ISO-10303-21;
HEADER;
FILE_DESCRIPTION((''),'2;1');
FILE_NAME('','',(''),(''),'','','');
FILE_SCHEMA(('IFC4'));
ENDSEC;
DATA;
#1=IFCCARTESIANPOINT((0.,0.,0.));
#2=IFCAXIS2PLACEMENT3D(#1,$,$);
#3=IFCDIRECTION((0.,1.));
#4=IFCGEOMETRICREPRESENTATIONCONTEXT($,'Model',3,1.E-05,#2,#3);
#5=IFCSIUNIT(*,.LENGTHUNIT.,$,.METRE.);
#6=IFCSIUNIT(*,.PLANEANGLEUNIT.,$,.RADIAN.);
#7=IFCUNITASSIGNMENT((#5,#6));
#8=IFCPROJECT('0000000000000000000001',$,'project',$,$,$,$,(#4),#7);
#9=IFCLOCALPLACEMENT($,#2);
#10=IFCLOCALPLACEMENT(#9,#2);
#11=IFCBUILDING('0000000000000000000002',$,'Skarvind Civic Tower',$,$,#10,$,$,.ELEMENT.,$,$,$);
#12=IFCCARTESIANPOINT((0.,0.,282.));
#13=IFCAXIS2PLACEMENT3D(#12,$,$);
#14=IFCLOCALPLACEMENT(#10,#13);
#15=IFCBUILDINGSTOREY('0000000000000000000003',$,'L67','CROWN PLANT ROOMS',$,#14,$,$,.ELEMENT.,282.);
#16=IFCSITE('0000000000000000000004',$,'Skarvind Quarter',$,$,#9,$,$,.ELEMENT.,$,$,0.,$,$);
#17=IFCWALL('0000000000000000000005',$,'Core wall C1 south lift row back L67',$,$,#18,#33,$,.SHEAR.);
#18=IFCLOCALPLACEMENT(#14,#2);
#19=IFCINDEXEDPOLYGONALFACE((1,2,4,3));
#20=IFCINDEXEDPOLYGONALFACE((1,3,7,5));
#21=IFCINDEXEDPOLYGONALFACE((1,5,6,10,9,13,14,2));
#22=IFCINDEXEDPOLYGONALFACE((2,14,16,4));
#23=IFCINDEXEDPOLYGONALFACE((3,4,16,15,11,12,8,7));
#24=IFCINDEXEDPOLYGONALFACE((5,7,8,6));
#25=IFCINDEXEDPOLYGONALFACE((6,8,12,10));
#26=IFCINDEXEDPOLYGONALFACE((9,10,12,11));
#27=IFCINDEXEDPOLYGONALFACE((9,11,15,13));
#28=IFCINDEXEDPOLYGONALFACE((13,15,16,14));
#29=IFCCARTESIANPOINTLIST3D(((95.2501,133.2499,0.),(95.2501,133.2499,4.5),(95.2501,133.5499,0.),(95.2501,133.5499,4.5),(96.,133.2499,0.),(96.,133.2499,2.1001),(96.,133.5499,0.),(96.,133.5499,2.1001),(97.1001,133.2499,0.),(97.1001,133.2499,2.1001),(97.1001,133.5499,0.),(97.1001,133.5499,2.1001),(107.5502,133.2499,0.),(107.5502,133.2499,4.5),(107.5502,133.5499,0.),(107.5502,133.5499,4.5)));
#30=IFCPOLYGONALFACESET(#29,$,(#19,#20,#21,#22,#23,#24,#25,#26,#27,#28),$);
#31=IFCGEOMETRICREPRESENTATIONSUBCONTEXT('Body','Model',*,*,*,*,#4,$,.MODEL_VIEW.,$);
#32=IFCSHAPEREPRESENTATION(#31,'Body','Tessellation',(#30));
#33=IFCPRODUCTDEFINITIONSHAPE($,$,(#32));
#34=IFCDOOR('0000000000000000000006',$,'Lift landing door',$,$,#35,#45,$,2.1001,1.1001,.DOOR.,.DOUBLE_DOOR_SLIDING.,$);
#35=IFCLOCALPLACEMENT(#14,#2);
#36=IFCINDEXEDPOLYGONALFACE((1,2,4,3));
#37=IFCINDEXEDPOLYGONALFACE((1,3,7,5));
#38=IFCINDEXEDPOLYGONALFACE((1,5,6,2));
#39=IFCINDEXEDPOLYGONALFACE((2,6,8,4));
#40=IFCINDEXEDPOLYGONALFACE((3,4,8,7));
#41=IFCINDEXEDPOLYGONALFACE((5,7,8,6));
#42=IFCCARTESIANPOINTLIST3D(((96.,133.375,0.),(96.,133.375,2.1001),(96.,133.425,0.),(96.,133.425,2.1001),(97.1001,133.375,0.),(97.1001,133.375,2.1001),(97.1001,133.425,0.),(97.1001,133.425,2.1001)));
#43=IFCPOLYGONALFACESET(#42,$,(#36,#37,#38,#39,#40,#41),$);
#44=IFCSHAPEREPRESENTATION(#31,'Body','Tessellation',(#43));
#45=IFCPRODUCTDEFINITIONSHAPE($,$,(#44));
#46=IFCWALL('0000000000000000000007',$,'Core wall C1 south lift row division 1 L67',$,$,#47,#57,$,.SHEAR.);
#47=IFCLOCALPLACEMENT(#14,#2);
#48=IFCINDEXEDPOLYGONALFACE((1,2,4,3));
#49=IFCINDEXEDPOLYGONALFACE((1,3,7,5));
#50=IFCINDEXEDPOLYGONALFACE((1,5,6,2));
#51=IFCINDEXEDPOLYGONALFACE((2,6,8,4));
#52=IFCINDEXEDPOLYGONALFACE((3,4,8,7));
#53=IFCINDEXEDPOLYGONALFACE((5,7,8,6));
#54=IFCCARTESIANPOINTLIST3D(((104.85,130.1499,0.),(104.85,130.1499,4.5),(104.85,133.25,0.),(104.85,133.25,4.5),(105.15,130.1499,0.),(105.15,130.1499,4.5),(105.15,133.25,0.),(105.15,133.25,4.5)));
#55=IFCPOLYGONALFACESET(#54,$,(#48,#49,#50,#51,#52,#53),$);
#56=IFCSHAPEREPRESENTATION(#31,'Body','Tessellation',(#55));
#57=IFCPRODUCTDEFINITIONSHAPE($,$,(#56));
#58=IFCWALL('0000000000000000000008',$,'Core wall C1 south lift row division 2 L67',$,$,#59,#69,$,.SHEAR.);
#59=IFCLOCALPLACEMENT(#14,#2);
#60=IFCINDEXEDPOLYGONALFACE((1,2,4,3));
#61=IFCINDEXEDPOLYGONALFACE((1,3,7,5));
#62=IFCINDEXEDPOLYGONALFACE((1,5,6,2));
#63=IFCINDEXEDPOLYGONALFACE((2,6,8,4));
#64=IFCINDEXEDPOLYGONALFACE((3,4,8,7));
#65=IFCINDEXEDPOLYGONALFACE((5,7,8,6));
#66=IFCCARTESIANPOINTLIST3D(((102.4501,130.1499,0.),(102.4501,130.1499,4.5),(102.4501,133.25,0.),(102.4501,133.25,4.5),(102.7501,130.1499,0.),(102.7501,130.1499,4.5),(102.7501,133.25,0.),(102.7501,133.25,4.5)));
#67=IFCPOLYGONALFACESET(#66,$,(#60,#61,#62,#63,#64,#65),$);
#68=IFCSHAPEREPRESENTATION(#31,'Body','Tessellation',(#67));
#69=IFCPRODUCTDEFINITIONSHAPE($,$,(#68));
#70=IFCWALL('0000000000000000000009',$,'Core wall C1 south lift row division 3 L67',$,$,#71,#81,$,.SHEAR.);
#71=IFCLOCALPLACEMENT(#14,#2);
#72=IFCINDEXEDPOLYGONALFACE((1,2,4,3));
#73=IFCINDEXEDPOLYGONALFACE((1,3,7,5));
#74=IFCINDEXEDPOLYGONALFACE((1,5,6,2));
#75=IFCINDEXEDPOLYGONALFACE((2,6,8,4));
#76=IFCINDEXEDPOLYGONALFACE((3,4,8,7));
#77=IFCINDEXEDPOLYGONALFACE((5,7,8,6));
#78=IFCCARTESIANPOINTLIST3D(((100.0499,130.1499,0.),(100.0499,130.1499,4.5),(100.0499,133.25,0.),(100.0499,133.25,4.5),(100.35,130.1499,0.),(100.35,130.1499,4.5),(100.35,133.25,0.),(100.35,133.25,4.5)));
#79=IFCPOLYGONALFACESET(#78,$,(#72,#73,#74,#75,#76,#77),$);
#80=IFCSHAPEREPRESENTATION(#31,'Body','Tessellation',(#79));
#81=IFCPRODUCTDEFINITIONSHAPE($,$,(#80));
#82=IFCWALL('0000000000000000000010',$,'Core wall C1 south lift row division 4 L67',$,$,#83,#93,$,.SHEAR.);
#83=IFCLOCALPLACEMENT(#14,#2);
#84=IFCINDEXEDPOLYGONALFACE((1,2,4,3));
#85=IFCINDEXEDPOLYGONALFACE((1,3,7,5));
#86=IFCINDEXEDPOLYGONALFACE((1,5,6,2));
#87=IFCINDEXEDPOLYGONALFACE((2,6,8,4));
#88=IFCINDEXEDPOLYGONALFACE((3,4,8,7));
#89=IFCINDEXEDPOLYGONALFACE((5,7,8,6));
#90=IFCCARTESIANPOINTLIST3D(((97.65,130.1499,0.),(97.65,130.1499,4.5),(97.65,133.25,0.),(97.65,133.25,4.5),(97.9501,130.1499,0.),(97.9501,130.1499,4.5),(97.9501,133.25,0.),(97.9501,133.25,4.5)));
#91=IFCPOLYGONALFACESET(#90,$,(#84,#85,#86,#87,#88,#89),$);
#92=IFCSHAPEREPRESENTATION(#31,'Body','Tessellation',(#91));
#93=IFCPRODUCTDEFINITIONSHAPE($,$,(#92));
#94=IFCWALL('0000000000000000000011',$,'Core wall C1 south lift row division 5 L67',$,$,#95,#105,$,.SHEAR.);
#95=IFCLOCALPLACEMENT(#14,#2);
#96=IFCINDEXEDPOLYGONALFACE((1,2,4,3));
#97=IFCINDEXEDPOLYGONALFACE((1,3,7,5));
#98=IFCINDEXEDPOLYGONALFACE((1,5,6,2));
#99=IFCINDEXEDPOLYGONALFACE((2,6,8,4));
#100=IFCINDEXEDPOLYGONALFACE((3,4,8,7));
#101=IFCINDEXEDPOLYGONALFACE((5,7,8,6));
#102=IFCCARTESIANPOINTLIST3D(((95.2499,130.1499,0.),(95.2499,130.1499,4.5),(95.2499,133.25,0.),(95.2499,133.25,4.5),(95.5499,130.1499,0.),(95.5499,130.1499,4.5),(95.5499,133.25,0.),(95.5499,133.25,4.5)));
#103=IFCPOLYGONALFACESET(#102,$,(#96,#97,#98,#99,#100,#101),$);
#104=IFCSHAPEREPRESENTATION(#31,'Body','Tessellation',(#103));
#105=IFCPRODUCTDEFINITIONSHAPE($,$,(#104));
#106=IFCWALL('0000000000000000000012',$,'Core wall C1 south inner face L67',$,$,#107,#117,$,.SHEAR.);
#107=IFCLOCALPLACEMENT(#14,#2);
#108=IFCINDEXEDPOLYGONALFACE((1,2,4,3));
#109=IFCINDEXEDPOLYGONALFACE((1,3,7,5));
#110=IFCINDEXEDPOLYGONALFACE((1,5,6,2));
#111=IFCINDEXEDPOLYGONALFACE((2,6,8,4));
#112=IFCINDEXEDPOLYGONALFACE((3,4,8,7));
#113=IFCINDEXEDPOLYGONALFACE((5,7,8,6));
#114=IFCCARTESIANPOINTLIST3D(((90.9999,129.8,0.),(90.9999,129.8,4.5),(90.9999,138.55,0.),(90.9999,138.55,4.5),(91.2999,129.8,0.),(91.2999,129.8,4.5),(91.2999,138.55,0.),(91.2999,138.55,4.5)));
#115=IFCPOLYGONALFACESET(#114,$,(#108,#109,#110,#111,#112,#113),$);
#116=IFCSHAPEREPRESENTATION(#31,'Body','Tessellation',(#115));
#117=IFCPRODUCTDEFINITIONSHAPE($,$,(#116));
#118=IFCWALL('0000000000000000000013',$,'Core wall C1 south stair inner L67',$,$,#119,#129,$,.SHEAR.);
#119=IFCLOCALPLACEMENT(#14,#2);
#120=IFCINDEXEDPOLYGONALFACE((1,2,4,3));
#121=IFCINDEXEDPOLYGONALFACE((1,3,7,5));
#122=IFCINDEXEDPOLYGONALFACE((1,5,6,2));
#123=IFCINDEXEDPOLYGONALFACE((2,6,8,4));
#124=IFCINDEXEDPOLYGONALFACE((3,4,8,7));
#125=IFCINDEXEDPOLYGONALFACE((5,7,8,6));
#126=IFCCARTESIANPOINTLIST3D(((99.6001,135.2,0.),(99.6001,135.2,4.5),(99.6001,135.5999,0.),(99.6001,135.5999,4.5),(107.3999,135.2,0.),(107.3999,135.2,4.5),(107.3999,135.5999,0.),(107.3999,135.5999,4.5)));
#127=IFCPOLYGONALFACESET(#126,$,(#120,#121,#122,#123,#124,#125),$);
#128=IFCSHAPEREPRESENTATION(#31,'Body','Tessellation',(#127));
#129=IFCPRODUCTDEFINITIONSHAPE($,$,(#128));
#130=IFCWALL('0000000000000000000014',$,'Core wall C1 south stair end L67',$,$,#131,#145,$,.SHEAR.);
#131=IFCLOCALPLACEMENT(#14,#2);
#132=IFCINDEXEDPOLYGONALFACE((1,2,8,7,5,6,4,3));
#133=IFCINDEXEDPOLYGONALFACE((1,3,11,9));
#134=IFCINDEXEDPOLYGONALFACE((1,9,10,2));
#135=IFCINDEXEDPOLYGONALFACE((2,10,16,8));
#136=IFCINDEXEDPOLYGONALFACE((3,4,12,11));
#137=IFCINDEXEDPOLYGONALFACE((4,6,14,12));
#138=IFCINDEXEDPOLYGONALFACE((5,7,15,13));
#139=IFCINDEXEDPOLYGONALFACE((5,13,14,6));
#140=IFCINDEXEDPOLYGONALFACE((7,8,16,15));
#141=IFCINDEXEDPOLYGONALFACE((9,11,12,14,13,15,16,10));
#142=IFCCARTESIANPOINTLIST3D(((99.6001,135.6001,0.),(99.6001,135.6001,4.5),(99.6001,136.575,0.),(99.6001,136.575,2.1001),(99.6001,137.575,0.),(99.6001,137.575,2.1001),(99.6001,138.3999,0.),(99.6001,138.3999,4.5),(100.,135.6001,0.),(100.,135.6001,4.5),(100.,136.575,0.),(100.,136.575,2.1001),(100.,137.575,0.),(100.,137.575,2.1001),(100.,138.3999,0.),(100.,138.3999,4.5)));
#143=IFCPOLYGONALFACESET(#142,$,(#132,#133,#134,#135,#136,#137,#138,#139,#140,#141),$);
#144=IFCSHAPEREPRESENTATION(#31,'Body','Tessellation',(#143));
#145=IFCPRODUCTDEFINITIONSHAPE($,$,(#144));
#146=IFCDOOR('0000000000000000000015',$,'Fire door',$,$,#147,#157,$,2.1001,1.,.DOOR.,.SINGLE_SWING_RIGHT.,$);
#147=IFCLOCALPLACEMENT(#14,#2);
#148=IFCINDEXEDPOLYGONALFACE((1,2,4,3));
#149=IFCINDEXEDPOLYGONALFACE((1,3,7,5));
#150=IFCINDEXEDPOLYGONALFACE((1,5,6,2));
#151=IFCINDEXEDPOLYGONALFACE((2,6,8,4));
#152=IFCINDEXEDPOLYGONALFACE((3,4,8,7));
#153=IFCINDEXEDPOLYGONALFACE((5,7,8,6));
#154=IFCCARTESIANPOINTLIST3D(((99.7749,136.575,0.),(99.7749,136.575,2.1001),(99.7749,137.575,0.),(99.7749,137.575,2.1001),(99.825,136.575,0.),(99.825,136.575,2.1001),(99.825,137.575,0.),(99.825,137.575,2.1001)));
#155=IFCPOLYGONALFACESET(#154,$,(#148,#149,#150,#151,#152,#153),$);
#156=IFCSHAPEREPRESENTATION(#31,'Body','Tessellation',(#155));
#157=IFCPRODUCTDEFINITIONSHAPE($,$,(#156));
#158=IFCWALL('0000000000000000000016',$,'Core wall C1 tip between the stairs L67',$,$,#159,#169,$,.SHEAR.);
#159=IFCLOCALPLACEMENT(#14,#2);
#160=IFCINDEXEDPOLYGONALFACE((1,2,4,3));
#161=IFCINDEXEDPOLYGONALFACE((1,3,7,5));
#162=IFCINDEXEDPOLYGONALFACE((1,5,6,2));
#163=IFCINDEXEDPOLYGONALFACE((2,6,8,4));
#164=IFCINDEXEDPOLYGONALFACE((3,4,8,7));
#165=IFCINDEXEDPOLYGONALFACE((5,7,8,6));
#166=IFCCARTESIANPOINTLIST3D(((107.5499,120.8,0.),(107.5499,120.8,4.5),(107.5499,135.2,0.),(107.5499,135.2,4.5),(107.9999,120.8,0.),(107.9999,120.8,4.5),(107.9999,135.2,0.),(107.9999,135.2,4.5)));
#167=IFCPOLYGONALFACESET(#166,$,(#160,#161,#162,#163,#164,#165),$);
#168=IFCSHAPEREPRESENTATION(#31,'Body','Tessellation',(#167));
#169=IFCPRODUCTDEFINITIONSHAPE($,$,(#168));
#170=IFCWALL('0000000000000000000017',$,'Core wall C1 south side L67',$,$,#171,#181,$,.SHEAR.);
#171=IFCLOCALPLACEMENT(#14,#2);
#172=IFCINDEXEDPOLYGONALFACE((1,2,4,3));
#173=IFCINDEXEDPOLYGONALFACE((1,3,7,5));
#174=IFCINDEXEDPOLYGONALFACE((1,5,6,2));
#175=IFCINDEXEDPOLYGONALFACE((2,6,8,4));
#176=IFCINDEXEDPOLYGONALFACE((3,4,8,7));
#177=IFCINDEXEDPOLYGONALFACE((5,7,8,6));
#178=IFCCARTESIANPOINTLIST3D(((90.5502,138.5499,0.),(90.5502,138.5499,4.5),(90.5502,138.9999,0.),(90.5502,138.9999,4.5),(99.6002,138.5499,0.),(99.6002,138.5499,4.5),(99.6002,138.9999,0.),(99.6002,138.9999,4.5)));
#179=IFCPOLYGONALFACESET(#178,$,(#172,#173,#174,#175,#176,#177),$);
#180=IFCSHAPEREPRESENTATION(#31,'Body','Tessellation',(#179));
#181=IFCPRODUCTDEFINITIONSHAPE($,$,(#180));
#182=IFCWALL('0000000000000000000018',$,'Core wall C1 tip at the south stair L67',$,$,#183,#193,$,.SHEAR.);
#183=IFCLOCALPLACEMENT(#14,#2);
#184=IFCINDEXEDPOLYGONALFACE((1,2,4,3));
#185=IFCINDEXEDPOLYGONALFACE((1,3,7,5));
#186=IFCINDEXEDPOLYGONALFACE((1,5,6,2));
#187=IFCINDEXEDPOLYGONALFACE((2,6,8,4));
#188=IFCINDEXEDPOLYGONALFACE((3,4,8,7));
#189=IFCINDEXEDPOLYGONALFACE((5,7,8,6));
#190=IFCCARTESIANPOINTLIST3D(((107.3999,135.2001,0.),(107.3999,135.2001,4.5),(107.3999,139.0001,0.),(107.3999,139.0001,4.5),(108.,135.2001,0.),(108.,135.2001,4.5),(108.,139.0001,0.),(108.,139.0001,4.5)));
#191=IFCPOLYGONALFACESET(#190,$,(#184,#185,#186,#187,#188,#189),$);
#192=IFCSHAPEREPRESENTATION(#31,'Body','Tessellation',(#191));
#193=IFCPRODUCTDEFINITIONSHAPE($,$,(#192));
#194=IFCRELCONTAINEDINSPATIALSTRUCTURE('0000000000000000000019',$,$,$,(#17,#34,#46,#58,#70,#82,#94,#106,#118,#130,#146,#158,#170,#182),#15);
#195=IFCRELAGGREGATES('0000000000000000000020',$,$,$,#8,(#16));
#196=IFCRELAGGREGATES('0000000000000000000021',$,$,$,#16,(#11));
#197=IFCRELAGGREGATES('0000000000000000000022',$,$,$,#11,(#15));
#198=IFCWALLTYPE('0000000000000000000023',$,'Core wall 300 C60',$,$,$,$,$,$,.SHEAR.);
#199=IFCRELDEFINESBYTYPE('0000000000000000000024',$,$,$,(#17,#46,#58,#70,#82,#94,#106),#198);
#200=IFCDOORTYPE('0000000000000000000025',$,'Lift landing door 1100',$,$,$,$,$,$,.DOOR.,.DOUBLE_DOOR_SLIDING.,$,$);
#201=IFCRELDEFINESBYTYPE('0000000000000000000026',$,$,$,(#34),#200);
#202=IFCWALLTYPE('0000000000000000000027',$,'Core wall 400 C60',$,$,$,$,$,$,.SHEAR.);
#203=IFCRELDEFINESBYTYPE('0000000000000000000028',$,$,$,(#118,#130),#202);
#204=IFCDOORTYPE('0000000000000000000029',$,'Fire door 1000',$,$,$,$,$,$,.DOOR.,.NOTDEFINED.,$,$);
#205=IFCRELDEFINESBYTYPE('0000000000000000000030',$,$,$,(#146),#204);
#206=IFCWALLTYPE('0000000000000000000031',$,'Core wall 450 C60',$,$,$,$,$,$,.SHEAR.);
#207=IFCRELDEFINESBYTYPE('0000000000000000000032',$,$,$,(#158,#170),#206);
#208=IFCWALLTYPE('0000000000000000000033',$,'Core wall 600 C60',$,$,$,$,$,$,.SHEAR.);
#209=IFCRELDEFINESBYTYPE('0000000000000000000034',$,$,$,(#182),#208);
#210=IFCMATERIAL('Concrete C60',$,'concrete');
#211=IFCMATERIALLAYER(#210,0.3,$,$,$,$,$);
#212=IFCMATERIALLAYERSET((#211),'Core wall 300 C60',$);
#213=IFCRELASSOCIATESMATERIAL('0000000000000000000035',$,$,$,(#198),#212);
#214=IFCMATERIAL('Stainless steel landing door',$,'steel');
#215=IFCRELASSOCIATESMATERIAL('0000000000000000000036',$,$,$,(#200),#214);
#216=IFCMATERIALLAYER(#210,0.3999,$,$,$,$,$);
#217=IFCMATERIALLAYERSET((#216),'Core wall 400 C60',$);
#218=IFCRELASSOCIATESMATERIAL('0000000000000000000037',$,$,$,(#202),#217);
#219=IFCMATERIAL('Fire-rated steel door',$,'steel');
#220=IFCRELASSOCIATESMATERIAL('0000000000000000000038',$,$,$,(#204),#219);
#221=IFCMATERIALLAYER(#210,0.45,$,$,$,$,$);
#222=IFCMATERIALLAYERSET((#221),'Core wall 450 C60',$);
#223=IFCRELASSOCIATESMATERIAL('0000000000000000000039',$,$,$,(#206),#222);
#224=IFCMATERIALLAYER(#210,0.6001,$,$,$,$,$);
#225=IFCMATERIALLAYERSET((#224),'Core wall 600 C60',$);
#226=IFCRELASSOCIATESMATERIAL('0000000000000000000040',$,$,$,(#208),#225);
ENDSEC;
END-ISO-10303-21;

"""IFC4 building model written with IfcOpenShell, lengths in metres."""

from ifc_helpers import new_model, si_unit, direction, frame, frame_2d, origin, place, context, subcontext, project, spatial, rectangle, extrude, material, layer, layer_set, type_object, element, fill, save


model = new_model("IFC4")

# Units and contexts
model_context = context("Model", 3, precision=1e-05, world=origin(), true_north=direction((0.0, 1.0)))
body_context = subcontext(model_context, "Body", "Model", "MODEL_VIEW")
ifc_project = project(units=[si_unit("LENGTHUNIT", "METRE"), si_unit("PLANEANGLEUNIT", "RADIAN")], contexts=[model_context])

# Site, building, storey
site_placement = place(None, origin())
site = spatial("IfcSite", under=ifc_project, at=site_placement, Name="Skarvind Quarter", CompositionType="ELEMENT", RefElevation=0.0)
building_placement = place(site_placement, origin())
building = spatial("IfcBuilding", under=site, at=building_placement, Name="Skarvind Civic Tower", CompositionType="ELEMENT")
storey_placement = place(building_placement, frame((0.0, 0.0, 282.0)))
storey = spatial("IfcBuildingStorey", under=building, at=storey_placement, Name="L67", Description="CROWN PLANT ROOMS", CompositionType="ELEMENT", Elevation=282.0)

# Shared definitions
ifc_material_1 = material(Name="Concrete C60", Category="concrete")

# Shared definitions
ifc_material_2 = material(Name="Fire-rated steel door", Category="steel")

# Shared definitions
ifc_layer_1 = layer(ifc_material_1, 0.3)
ifc_layer_set_1 = layer_set([ifc_layer_1], Name="Core wall 300 C60")
wall_type_1 = type_object("IfcWallType", Name="Core wall 300 C60", PredefinedType="SHEAR", material=ifc_layer_set_1)

# Wall, opening, door
wall_1_placement = place(storey_placement, frame((107.55, 133.3999, 0.0), z_axis=(0.0, 0.0, 1.0), x_axis=(-1.0, 0.0, 0.0)))
wall_1 = element("IfcWall", 1, at=wall_1_placement, inside=storey, type_object=wall_type_1, Name="Core wall C1 south lift row back L67", PredefinedType="SHEAR", context=body_context, shape_type="SweptSolid", body=[
    extrude(rectangle(XDim=12.3, YDim=0.3, at=frame_2d((6.1499, 0.0))), origin(), (0.0, 0.0, 1.0), 4.5),
])
opening_1_placement = place(wall_1_placement, frame((10.45, 0.0, 0.0)))
opening_1 = element("IfcOpeningElement", 2, at=opening_1_placement, cuts=wall_1, PredefinedType="OPENING", context=body_context, shape_type="SweptSolid", body=[
    extrude(rectangle(XDim=1.1001, YDim=2.1001, at=frame_2d((0.55, 1.05))), frame((0.0, 0.1599, 0.0), z_axis=(0.0, -1.0, 0.0), x_axis=(1.0, 0.0, 0.0)), (0.0, 0.0, 1.0), 0.3201),
])
ifc_material_3 = material(Name="Stainless steel landing door", Category="steel")
door_type_1 = type_object("IfcDoorType", Name="Lift landing door 1100", OperationType="DOUBLE_DOOR_SLIDING", PredefinedType="DOOR", material=ifc_material_3)
door_1_placement = place(opening_1_placement, origin())
door_1 = element("IfcDoor", 3, at=door_1_placement, inside=storey, type_object=door_type_1, Name="Lift landing door", OperationType="DOUBLE_DOOR_SLIDING", OverallHeight=2.1001, OverallWidth=1.1001, PredefinedType="DOOR", context=body_context, shape_type="SweptSolid", body=[
    extrude(rectangle(XDim=1.1001, YDim=2.1001, at=frame_2d((0.55, 1.05))), frame((0.0, 0.0249, 0.0), z_axis=(0.0, -1.0, 0.0), x_axis=(1.0, 0.0, 0.0)), (0.0, 0.0, 1.0), 0.05),
])
fill(opening_1, door_1)

# Walls
for number, where, z_axis, x_axis, name in (
    (4, (105.0, 133.25, 0.0), (0.0, 0.0, 1.0), (0.0, -1.0, 0.0), "Core wall C1 south lift row division 1 L67"),
    (5, (102.6001, 133.25, 0.0), (0.0, 0.0, 1.0), (0.0, -1.0, 0.0), "Core wall C1 south lift row division 2 L67"),
    (6, (100.2, 133.25, 0.0), (0.0, 0.0, 1.0), (0.0, -1.0, 0.0), "Core wall C1 south lift row division 3 L67"),
    (7, (97.8, 133.25, 0.0), (0.0, 0.0, 1.0), (0.0, -1.0, 0.0), "Core wall C1 south lift row division 4 L67"),
    (8, (95.3999, 133.25, 0.0), (0.0, 0.0, 1.0), (0.0, -1.0, 0.0), "Core wall C1 south lift row division 5 L67"),
):
    element("IfcWall", number, at=place(storey_placement, frame(where, z_axis=z_axis, x_axis=x_axis)), inside=storey, type_object=wall_type_1, Name=name, PredefinedType="SHEAR", context=body_context, shape_type="SweptSolid", body=[
        extrude(rectangle(XDim=3.1001, YDim=0.3, at=frame_2d((1.55, 0.0))), origin(), (0.0, 0.0, 1.0), 4.5),
    ])
wall_2_placement = place(storey_placement, frame((91.1499, 138.55, 0.0), z_axis=(0.0, 0.0, 1.0), x_axis=(0.0, -1.0, 0.0)))
element("IfcWall", 9, at=wall_2_placement, inside=storey, type_object=wall_type_1, Name="Core wall C1 south inner face L67", PredefinedType="SHEAR", context=body_context, shape_type="SweptSolid", body=[
    extrude(rectangle(XDim=8.75, YDim=0.3, at=frame_2d((4.375, 0.0))), origin(), (0.0, 0.0, 1.0), 4.5),
])
ifc_layer_2 = layer(ifc_material_1, 0.3999)
ifc_layer_set_2 = layer_set([ifc_layer_2], Name="Core wall 400 C60")
wall_type_2 = type_object("IfcWallType", Name="Core wall 400 C60", PredefinedType="SHEAR", material=ifc_layer_set_2)
wall_3_placement = place(storey_placement, frame((107.3999, 135.3999, 0.0), z_axis=(0.0, 0.0, 1.0), x_axis=(-1.0, 0.0, 0.0)))
element("IfcWall", 10, at=wall_3_placement, inside=storey, type_object=wall_type_2, Name="Core wall C1 south stair inner L67", PredefinedType="SHEAR", context=body_context, shape_type="SweptSolid", body=[
    extrude(rectangle(XDim=7.7998, YDim=0.3999, at=frame_2d((3.8999, 0.0))), origin(), (0.0, 0.0, 1.0), 4.5),
])

# Wall, opening, door
wall_4_placement = place(storey_placement, frame((99.8, 138.3999, 0.0), z_axis=(0.0, 0.0, 1.0), x_axis=(0.0, -1.0, 0.0)))
wall_4 = element("IfcWall", 11, at=wall_4_placement, inside=storey, type_object=wall_type_2, Name="Core wall C1 south stair end L67", PredefinedType="SHEAR", context=body_context, shape_type="SweptSolid", body=[
    extrude(rectangle(XDim=2.7998, YDim=0.3999, at=frame_2d((1.3999, 0.0))), origin(), (0.0, 0.0, 1.0), 4.5),
])
opening_2_placement = place(wall_4_placement, frame((0.825, 0.0, 0.0)))
opening_2 = element("IfcOpeningElement", 12, at=opening_2_placement, cuts=wall_4, PredefinedType="OPENING", context=body_context, shape_type="SweptSolid", body=[
    extrude(rectangle(XDim=1.0, YDim=2.1001, at=frame_2d((0.5, 1.05))), frame((0.0, 0.21, 0.0), z_axis=(0.0, -1.0, 0.0), x_axis=(1.0, 0.0, 0.0)), (0.0, 0.0, 1.0), 0.4199),
])
door_type_2 = type_object("IfcDoorType", Name="Fire door 1000", OperationType="NOTDEFINED", PredefinedType="DOOR", material=ifc_material_2)
door_2_placement = place(opening_2_placement, origin())
door_2 = element("IfcDoor", 13, at=door_2_placement, inside=storey, type_object=door_type_2, Name="Fire door", OperationType="SINGLE_SWING_RIGHT", OverallHeight=2.1001, OverallWidth=1.0, PredefinedType="DOOR", context=body_context, shape_type="SweptSolid", body=[
    extrude(rectangle(XDim=1.0, YDim=2.1001, at=frame_2d((0.5, 1.05))), frame((0.0, 0.0249, 0.0), z_axis=(0.0, -1.0, 0.0), x_axis=(1.0, 0.0, 0.0)), (0.0, 0.0, 1.0), 0.05),
])
fill(opening_2, door_2)

# Walls
ifc_layer_3 = layer(ifc_material_1, 0.45)
ifc_layer_set_3 = layer_set([ifc_layer_3], Name="Core wall 450 C60")
wall_type_3 = type_object("IfcWallType", Name="Core wall 450 C60", PredefinedType="SHEAR", material=ifc_layer_set_3)
wall_5_placement = place(storey_placement, frame((107.7749, 135.2, 0.0), z_axis=(0.0, 0.0, 1.0), x_axis=(0.0, -1.0, 0.0)))
element("IfcWall", 14, at=wall_5_placement, inside=storey, type_object=wall_type_3, Name="Core wall C1 tip between the stairs L67", PredefinedType="SHEAR", context=body_context, shape_type="SweptSolid", body=[
    extrude(rectangle(XDim=14.3999, YDim=0.45, at=frame_2d((7.2, 0.0))), origin(), (0.0, 0.0, 1.0), 4.5),
])
wall_6_placement = place(storey_placement, frame((99.6001, 138.7749, 0.0), z_axis=(0.0, 0.0, 1.0), x_axis=(-1.0, 0.0, 0.0)))
element("IfcWall", 15, at=wall_6_placement, inside=storey, type_object=wall_type_3, Name="Core wall C1 south side L67", PredefinedType="SHEAR", context=body_context, shape_type="SweptSolid", body=[
    extrude(rectangle(XDim=9.05, YDim=0.45, at=frame_2d((4.5249, 0.0))), origin(), (0.0, 0.0, 1.0), 4.5),
])
ifc_layer_4 = layer(ifc_material_1, 0.6001)
ifc_layer_set_4 = layer_set([ifc_layer_4], Name="Core wall 600 C60")
wall_type_4 = type_object("IfcWallType", Name="Core wall 600 C60", PredefinedType="SHEAR", material=ifc_layer_set_4)
wall_7_placement = place(storey_placement, frame((107.7, 139.0, 0.0), z_axis=(0.0, 0.0, 1.0), x_axis=(0.0, -1.0, 0.0)))
element("IfcWall", 16, at=wall_7_placement, inside=storey, type_object=wall_type_4, Name="Core wall C1 tip at the south stair L67", PredefinedType="SHEAR", context=body_context, shape_type="SweptSolid", body=[
    extrude(rectangle(XDim=3.8, YDim=0.6001, at=frame_2d((1.8999, 0.0))), origin(), (0.0, 0.0, 1.0), 4.5),
])

save(model, "model.ifc")
